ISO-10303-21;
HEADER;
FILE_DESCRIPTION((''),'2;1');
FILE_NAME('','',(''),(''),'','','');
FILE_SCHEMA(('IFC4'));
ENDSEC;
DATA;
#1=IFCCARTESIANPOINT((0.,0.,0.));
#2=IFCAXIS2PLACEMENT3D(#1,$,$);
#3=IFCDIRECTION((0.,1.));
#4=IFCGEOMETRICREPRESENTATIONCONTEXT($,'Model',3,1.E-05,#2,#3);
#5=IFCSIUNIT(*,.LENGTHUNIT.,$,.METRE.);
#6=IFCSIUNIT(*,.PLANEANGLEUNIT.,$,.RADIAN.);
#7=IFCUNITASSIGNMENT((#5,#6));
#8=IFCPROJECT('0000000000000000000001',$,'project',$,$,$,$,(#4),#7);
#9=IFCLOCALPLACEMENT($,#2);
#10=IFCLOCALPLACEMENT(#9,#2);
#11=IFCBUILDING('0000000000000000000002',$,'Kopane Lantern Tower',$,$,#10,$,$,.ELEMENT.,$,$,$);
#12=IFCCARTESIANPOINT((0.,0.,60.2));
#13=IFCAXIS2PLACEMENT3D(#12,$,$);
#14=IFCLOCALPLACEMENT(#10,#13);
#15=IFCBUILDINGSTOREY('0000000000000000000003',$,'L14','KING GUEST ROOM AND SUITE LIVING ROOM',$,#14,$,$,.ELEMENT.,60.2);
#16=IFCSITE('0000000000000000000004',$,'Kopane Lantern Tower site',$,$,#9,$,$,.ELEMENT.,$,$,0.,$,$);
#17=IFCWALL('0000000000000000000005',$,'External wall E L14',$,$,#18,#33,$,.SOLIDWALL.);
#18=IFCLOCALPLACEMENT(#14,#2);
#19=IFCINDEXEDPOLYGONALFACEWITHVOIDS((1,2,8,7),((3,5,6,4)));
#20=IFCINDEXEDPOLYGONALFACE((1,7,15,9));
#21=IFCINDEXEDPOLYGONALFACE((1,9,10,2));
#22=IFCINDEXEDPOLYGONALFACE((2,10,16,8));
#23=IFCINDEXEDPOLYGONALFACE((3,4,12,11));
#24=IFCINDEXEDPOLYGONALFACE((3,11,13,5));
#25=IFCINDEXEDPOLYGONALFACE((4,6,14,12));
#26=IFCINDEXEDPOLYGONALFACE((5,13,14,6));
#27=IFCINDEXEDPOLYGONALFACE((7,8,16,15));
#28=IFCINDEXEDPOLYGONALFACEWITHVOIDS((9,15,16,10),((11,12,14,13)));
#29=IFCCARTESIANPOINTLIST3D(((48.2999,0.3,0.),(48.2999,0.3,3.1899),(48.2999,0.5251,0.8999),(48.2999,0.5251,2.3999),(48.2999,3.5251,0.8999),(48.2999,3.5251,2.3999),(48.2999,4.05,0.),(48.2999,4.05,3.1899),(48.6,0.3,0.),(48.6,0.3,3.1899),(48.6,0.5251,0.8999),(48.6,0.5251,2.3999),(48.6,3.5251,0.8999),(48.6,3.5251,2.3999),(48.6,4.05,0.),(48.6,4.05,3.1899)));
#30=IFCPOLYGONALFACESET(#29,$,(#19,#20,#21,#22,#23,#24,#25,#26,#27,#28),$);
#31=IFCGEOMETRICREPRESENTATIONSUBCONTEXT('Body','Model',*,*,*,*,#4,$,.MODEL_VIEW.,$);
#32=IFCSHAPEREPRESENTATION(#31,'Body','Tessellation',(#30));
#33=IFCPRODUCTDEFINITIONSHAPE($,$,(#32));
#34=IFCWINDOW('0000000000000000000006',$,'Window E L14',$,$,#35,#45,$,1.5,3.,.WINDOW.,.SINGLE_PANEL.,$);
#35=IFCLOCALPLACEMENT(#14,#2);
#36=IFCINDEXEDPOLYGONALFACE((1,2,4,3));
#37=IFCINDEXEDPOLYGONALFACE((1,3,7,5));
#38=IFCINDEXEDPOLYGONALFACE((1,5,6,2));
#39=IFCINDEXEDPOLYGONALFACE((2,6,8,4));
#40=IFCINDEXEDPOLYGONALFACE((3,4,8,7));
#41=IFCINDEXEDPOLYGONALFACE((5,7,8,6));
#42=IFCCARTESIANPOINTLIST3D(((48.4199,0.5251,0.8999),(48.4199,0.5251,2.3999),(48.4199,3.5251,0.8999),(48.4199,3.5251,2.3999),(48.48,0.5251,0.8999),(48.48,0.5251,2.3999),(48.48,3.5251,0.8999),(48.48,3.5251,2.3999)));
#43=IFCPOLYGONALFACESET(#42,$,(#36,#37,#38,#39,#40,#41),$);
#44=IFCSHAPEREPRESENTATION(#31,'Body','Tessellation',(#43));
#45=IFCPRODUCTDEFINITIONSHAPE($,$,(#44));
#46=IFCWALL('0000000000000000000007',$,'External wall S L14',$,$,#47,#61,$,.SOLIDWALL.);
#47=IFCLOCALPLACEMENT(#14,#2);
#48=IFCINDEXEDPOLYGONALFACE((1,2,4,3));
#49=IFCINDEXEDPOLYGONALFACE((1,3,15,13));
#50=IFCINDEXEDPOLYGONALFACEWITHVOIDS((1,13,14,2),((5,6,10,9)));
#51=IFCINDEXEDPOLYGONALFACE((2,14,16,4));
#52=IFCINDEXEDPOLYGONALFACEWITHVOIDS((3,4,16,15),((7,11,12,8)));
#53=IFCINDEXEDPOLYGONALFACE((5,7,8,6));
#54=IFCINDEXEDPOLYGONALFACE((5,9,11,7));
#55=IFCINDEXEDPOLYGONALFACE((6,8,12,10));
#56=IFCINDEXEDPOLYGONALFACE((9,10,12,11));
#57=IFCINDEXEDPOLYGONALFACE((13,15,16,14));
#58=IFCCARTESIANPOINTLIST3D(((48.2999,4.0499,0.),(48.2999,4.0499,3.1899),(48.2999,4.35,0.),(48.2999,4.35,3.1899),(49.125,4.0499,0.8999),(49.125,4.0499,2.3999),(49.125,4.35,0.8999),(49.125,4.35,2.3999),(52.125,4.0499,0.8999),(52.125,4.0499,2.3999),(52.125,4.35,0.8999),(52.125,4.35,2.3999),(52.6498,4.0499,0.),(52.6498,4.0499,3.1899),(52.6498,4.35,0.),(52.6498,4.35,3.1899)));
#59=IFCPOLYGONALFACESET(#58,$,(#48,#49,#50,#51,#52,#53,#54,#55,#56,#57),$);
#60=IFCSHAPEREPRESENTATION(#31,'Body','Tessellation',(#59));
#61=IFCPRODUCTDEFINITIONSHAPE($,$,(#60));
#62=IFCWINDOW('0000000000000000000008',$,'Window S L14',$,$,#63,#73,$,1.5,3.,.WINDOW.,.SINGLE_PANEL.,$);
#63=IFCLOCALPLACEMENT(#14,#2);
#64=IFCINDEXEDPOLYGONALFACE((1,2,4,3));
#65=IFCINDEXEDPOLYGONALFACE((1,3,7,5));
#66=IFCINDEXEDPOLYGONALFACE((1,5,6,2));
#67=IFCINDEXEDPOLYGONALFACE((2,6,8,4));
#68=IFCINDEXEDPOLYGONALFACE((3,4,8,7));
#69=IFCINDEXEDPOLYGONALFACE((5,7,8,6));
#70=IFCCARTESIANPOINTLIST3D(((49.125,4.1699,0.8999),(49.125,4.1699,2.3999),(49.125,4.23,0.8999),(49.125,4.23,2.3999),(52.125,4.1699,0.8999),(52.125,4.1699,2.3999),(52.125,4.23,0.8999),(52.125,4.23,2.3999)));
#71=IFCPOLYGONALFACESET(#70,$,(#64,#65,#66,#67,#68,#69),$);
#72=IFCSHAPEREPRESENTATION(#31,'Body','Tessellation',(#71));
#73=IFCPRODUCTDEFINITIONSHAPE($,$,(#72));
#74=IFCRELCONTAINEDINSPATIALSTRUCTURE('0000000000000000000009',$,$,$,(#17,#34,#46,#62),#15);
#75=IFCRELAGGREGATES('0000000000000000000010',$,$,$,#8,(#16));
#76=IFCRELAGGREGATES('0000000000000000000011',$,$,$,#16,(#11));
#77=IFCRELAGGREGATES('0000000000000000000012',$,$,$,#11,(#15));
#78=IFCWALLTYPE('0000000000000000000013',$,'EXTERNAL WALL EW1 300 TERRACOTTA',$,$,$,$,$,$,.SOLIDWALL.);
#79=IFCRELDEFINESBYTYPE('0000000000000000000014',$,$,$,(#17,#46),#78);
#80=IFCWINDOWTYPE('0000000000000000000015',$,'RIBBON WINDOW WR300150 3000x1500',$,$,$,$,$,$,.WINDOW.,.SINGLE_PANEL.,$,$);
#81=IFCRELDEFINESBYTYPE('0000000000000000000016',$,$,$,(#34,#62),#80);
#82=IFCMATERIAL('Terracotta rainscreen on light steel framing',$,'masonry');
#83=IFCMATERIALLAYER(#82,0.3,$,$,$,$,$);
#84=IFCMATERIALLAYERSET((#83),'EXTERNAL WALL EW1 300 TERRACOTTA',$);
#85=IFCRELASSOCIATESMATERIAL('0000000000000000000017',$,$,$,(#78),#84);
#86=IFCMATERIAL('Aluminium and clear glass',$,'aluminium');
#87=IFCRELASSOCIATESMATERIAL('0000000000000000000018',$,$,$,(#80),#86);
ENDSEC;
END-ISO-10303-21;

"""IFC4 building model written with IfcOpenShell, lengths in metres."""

from ifc_helpers import new_model, si_unit, direction, frame, frame_2d, origin, place, context, subcontext, project, spatial, rectangle, extrude, material, layer, layer_set, type_object, element, fill, save


model = new_model("IFC4")

# Units and contexts
model_context = context("Model", 3, precision=1e-05, world=origin(), true_north=direction((0.0, 1.0)))
body_context = subcontext(model_context, "Body", "Model", "MODEL_VIEW")
ifc_project = project(units=[si_unit("LENGTHUNIT", "METRE"), si_unit("PLANEANGLEUNIT", "RADIAN")], contexts=[model_context])

# Site, building, storey
site_placement = place(None, origin())
site = spatial("IfcSite", under=ifc_project, at=site_placement, Name="Kopane Lantern Tower site", CompositionType="ELEMENT", RefElevation=0.0)
building_placement = place(site_placement, origin())
building = spatial("IfcBuilding", under=site, at=building_placement, Name="Kopane Lantern Tower", CompositionType="ELEMENT")
storey_placement = place(building_placement, frame((0.0, 0.0, 60.2)))
storey = spatial("IfcBuildingStorey", under=building, at=storey_placement, Name="L14", Description="KING GUEST ROOM AND SUITE LIVING ROOM", CompositionType="ELEMENT", Elevation=60.2)

# Walls, openings, windows
ifc_material_1 = material(Name="Terracotta rainscreen on light steel framing", Category="masonry")
ifc_layer_1 = layer(ifc_material_1, 0.3)
ifc_layer_set_1 = layer_set([ifc_layer_1], Name="EXTERNAL WALL EW1 300 TERRACOTTA")
wall_type_1 = type_object("IfcWallType", Name="EXTERNAL WALL EW1 300 TERRACOTTA", PredefinedType="SOLIDWALL", material=ifc_layer_set_1)
wall_1_placement = place(storey_placement, frame((48.45, 0.3, 0.0), z_axis=(0.0, 0.0, 1.0), x_axis=(0.0, 1.0, 0.0)))
wall_1 = element("IfcWall", 1, at=wall_1_placement, inside=storey, type_object=wall_type_1, Name="External wall E L14", PredefinedType="SOLIDWALL", context=body_context, shape_type="SweptSolid", body=[
    extrude(rectangle(XDim=3.75, YDim=0.3, at=frame_2d((1.875, 0.0))), origin(), (0.0, 0.0, 1.0), 3.1899),
])
opening_1_placement = place(wall_1_placement, frame((0.2251, 0.0, 0.8999)))
opening_1 = element("IfcOpeningElement", 2, at=opening_1_placement, cuts=wall_1, PredefinedType="OPENING", context=body_context, shape_type="SweptSolid", body=[
    extrude(rectangle(XDim=3.0, YDim=1.5, at=frame_2d((1.5, 0.75))), frame((0.0, 0.1599, 0.0), z_axis=(0.0, -1.0, 0.0), x_axis=(1.0, 0.0, 0.0)), (0.0, 0.0, 1.0), 0.3201),
])
ifc_material_2 = material(Name="Aluminium and clear glass", Category="aluminium")
window_type = type_object("IfcWindowType", Name="RIBBON WINDOW WR300150 3000x1500", PartitioningType="SINGLE_PANEL", PredefinedType="WINDOW", material=ifc_material_2)
window_1_placement = place(opening_1_placement, origin())
window_1 = element("IfcWindow", 3, at=window_1_placement, inside=storey, type_object=window_type, Name="Window E L14", OverallHeight=1.5, OverallWidth=3.0, PartitioningType="SINGLE_PANEL", PredefinedType="WINDOW", context=body_context, shape_type="SweptSolid", body=[
    extrude(rectangle(XDim=3.0, YDim=1.5, at=frame_2d((1.5, 0.75))), frame((0.0, 0.03, 0.0), z_axis=(0.0, -1.0, 0.0), x_axis=(1.0, 0.0, 0.0)), (0.0, 0.0, 1.0), 0.0601),
])
fill(opening_1, window_1)
wall_2_placement = place(storey_placement, frame((48.3, 4.2, 0.0), z_axis=(0.0, 0.0, 1.0), x_axis=(1.0, 0.0, 0.0)))
wall_2 = element("IfcWall", 4, at=wall_2_placement, inside=storey, type_object=wall_type_1, Name="External wall S L14", PredefinedType="SOLIDWALL", context=body_context, shape_type="SweptSolid", body=[
    extrude(rectangle(XDim=4.3499, YDim=0.3, at=frame_2d((2.1748, 0.0))), origin(), (0.0, 0.0, 1.0), 3.1899),
])
opening_2_placement = place(wall_2_placement, frame((0.825, 0.0, 0.8999)))
opening_2 = element("IfcOpeningElement", 5, at=opening_2_placement, cuts=wall_2, PredefinedType="OPENING", context=body_context, shape_type="SweptSolid", body=[
    extrude(rectangle(XDim=3.0, YDim=1.5, at=frame_2d((1.5, 0.75))), frame((0.0, 0.1599, 0.0), z_axis=(0.0, -1.0, 0.0), x_axis=(1.0, 0.0, 0.0)), (0.0, 0.0, 1.0), 0.3201),
])
window_2_placement = place(opening_2_placement, origin())
window_2 = element("IfcWindow", 6, at=window_2_placement, inside=storey, type_object=window_type, Name="Window S L14", OverallHeight=1.5, OverallWidth=3.0, PartitioningType="SINGLE_PANEL", PredefinedType="WINDOW", context=body_context, shape_type="SweptSolid", body=[
    extrude(rectangle(XDim=3.0, YDim=1.5, at=frame_2d((1.5, 0.75))), frame((0.0, 0.03, 0.0), z_axis=(0.0, -1.0, 0.0), x_axis=(1.0, 0.0, 0.0)), (0.0, 0.0, 1.0), 0.0601),
])
fill(opening_2, window_2)

save(model, "model.ifc")
